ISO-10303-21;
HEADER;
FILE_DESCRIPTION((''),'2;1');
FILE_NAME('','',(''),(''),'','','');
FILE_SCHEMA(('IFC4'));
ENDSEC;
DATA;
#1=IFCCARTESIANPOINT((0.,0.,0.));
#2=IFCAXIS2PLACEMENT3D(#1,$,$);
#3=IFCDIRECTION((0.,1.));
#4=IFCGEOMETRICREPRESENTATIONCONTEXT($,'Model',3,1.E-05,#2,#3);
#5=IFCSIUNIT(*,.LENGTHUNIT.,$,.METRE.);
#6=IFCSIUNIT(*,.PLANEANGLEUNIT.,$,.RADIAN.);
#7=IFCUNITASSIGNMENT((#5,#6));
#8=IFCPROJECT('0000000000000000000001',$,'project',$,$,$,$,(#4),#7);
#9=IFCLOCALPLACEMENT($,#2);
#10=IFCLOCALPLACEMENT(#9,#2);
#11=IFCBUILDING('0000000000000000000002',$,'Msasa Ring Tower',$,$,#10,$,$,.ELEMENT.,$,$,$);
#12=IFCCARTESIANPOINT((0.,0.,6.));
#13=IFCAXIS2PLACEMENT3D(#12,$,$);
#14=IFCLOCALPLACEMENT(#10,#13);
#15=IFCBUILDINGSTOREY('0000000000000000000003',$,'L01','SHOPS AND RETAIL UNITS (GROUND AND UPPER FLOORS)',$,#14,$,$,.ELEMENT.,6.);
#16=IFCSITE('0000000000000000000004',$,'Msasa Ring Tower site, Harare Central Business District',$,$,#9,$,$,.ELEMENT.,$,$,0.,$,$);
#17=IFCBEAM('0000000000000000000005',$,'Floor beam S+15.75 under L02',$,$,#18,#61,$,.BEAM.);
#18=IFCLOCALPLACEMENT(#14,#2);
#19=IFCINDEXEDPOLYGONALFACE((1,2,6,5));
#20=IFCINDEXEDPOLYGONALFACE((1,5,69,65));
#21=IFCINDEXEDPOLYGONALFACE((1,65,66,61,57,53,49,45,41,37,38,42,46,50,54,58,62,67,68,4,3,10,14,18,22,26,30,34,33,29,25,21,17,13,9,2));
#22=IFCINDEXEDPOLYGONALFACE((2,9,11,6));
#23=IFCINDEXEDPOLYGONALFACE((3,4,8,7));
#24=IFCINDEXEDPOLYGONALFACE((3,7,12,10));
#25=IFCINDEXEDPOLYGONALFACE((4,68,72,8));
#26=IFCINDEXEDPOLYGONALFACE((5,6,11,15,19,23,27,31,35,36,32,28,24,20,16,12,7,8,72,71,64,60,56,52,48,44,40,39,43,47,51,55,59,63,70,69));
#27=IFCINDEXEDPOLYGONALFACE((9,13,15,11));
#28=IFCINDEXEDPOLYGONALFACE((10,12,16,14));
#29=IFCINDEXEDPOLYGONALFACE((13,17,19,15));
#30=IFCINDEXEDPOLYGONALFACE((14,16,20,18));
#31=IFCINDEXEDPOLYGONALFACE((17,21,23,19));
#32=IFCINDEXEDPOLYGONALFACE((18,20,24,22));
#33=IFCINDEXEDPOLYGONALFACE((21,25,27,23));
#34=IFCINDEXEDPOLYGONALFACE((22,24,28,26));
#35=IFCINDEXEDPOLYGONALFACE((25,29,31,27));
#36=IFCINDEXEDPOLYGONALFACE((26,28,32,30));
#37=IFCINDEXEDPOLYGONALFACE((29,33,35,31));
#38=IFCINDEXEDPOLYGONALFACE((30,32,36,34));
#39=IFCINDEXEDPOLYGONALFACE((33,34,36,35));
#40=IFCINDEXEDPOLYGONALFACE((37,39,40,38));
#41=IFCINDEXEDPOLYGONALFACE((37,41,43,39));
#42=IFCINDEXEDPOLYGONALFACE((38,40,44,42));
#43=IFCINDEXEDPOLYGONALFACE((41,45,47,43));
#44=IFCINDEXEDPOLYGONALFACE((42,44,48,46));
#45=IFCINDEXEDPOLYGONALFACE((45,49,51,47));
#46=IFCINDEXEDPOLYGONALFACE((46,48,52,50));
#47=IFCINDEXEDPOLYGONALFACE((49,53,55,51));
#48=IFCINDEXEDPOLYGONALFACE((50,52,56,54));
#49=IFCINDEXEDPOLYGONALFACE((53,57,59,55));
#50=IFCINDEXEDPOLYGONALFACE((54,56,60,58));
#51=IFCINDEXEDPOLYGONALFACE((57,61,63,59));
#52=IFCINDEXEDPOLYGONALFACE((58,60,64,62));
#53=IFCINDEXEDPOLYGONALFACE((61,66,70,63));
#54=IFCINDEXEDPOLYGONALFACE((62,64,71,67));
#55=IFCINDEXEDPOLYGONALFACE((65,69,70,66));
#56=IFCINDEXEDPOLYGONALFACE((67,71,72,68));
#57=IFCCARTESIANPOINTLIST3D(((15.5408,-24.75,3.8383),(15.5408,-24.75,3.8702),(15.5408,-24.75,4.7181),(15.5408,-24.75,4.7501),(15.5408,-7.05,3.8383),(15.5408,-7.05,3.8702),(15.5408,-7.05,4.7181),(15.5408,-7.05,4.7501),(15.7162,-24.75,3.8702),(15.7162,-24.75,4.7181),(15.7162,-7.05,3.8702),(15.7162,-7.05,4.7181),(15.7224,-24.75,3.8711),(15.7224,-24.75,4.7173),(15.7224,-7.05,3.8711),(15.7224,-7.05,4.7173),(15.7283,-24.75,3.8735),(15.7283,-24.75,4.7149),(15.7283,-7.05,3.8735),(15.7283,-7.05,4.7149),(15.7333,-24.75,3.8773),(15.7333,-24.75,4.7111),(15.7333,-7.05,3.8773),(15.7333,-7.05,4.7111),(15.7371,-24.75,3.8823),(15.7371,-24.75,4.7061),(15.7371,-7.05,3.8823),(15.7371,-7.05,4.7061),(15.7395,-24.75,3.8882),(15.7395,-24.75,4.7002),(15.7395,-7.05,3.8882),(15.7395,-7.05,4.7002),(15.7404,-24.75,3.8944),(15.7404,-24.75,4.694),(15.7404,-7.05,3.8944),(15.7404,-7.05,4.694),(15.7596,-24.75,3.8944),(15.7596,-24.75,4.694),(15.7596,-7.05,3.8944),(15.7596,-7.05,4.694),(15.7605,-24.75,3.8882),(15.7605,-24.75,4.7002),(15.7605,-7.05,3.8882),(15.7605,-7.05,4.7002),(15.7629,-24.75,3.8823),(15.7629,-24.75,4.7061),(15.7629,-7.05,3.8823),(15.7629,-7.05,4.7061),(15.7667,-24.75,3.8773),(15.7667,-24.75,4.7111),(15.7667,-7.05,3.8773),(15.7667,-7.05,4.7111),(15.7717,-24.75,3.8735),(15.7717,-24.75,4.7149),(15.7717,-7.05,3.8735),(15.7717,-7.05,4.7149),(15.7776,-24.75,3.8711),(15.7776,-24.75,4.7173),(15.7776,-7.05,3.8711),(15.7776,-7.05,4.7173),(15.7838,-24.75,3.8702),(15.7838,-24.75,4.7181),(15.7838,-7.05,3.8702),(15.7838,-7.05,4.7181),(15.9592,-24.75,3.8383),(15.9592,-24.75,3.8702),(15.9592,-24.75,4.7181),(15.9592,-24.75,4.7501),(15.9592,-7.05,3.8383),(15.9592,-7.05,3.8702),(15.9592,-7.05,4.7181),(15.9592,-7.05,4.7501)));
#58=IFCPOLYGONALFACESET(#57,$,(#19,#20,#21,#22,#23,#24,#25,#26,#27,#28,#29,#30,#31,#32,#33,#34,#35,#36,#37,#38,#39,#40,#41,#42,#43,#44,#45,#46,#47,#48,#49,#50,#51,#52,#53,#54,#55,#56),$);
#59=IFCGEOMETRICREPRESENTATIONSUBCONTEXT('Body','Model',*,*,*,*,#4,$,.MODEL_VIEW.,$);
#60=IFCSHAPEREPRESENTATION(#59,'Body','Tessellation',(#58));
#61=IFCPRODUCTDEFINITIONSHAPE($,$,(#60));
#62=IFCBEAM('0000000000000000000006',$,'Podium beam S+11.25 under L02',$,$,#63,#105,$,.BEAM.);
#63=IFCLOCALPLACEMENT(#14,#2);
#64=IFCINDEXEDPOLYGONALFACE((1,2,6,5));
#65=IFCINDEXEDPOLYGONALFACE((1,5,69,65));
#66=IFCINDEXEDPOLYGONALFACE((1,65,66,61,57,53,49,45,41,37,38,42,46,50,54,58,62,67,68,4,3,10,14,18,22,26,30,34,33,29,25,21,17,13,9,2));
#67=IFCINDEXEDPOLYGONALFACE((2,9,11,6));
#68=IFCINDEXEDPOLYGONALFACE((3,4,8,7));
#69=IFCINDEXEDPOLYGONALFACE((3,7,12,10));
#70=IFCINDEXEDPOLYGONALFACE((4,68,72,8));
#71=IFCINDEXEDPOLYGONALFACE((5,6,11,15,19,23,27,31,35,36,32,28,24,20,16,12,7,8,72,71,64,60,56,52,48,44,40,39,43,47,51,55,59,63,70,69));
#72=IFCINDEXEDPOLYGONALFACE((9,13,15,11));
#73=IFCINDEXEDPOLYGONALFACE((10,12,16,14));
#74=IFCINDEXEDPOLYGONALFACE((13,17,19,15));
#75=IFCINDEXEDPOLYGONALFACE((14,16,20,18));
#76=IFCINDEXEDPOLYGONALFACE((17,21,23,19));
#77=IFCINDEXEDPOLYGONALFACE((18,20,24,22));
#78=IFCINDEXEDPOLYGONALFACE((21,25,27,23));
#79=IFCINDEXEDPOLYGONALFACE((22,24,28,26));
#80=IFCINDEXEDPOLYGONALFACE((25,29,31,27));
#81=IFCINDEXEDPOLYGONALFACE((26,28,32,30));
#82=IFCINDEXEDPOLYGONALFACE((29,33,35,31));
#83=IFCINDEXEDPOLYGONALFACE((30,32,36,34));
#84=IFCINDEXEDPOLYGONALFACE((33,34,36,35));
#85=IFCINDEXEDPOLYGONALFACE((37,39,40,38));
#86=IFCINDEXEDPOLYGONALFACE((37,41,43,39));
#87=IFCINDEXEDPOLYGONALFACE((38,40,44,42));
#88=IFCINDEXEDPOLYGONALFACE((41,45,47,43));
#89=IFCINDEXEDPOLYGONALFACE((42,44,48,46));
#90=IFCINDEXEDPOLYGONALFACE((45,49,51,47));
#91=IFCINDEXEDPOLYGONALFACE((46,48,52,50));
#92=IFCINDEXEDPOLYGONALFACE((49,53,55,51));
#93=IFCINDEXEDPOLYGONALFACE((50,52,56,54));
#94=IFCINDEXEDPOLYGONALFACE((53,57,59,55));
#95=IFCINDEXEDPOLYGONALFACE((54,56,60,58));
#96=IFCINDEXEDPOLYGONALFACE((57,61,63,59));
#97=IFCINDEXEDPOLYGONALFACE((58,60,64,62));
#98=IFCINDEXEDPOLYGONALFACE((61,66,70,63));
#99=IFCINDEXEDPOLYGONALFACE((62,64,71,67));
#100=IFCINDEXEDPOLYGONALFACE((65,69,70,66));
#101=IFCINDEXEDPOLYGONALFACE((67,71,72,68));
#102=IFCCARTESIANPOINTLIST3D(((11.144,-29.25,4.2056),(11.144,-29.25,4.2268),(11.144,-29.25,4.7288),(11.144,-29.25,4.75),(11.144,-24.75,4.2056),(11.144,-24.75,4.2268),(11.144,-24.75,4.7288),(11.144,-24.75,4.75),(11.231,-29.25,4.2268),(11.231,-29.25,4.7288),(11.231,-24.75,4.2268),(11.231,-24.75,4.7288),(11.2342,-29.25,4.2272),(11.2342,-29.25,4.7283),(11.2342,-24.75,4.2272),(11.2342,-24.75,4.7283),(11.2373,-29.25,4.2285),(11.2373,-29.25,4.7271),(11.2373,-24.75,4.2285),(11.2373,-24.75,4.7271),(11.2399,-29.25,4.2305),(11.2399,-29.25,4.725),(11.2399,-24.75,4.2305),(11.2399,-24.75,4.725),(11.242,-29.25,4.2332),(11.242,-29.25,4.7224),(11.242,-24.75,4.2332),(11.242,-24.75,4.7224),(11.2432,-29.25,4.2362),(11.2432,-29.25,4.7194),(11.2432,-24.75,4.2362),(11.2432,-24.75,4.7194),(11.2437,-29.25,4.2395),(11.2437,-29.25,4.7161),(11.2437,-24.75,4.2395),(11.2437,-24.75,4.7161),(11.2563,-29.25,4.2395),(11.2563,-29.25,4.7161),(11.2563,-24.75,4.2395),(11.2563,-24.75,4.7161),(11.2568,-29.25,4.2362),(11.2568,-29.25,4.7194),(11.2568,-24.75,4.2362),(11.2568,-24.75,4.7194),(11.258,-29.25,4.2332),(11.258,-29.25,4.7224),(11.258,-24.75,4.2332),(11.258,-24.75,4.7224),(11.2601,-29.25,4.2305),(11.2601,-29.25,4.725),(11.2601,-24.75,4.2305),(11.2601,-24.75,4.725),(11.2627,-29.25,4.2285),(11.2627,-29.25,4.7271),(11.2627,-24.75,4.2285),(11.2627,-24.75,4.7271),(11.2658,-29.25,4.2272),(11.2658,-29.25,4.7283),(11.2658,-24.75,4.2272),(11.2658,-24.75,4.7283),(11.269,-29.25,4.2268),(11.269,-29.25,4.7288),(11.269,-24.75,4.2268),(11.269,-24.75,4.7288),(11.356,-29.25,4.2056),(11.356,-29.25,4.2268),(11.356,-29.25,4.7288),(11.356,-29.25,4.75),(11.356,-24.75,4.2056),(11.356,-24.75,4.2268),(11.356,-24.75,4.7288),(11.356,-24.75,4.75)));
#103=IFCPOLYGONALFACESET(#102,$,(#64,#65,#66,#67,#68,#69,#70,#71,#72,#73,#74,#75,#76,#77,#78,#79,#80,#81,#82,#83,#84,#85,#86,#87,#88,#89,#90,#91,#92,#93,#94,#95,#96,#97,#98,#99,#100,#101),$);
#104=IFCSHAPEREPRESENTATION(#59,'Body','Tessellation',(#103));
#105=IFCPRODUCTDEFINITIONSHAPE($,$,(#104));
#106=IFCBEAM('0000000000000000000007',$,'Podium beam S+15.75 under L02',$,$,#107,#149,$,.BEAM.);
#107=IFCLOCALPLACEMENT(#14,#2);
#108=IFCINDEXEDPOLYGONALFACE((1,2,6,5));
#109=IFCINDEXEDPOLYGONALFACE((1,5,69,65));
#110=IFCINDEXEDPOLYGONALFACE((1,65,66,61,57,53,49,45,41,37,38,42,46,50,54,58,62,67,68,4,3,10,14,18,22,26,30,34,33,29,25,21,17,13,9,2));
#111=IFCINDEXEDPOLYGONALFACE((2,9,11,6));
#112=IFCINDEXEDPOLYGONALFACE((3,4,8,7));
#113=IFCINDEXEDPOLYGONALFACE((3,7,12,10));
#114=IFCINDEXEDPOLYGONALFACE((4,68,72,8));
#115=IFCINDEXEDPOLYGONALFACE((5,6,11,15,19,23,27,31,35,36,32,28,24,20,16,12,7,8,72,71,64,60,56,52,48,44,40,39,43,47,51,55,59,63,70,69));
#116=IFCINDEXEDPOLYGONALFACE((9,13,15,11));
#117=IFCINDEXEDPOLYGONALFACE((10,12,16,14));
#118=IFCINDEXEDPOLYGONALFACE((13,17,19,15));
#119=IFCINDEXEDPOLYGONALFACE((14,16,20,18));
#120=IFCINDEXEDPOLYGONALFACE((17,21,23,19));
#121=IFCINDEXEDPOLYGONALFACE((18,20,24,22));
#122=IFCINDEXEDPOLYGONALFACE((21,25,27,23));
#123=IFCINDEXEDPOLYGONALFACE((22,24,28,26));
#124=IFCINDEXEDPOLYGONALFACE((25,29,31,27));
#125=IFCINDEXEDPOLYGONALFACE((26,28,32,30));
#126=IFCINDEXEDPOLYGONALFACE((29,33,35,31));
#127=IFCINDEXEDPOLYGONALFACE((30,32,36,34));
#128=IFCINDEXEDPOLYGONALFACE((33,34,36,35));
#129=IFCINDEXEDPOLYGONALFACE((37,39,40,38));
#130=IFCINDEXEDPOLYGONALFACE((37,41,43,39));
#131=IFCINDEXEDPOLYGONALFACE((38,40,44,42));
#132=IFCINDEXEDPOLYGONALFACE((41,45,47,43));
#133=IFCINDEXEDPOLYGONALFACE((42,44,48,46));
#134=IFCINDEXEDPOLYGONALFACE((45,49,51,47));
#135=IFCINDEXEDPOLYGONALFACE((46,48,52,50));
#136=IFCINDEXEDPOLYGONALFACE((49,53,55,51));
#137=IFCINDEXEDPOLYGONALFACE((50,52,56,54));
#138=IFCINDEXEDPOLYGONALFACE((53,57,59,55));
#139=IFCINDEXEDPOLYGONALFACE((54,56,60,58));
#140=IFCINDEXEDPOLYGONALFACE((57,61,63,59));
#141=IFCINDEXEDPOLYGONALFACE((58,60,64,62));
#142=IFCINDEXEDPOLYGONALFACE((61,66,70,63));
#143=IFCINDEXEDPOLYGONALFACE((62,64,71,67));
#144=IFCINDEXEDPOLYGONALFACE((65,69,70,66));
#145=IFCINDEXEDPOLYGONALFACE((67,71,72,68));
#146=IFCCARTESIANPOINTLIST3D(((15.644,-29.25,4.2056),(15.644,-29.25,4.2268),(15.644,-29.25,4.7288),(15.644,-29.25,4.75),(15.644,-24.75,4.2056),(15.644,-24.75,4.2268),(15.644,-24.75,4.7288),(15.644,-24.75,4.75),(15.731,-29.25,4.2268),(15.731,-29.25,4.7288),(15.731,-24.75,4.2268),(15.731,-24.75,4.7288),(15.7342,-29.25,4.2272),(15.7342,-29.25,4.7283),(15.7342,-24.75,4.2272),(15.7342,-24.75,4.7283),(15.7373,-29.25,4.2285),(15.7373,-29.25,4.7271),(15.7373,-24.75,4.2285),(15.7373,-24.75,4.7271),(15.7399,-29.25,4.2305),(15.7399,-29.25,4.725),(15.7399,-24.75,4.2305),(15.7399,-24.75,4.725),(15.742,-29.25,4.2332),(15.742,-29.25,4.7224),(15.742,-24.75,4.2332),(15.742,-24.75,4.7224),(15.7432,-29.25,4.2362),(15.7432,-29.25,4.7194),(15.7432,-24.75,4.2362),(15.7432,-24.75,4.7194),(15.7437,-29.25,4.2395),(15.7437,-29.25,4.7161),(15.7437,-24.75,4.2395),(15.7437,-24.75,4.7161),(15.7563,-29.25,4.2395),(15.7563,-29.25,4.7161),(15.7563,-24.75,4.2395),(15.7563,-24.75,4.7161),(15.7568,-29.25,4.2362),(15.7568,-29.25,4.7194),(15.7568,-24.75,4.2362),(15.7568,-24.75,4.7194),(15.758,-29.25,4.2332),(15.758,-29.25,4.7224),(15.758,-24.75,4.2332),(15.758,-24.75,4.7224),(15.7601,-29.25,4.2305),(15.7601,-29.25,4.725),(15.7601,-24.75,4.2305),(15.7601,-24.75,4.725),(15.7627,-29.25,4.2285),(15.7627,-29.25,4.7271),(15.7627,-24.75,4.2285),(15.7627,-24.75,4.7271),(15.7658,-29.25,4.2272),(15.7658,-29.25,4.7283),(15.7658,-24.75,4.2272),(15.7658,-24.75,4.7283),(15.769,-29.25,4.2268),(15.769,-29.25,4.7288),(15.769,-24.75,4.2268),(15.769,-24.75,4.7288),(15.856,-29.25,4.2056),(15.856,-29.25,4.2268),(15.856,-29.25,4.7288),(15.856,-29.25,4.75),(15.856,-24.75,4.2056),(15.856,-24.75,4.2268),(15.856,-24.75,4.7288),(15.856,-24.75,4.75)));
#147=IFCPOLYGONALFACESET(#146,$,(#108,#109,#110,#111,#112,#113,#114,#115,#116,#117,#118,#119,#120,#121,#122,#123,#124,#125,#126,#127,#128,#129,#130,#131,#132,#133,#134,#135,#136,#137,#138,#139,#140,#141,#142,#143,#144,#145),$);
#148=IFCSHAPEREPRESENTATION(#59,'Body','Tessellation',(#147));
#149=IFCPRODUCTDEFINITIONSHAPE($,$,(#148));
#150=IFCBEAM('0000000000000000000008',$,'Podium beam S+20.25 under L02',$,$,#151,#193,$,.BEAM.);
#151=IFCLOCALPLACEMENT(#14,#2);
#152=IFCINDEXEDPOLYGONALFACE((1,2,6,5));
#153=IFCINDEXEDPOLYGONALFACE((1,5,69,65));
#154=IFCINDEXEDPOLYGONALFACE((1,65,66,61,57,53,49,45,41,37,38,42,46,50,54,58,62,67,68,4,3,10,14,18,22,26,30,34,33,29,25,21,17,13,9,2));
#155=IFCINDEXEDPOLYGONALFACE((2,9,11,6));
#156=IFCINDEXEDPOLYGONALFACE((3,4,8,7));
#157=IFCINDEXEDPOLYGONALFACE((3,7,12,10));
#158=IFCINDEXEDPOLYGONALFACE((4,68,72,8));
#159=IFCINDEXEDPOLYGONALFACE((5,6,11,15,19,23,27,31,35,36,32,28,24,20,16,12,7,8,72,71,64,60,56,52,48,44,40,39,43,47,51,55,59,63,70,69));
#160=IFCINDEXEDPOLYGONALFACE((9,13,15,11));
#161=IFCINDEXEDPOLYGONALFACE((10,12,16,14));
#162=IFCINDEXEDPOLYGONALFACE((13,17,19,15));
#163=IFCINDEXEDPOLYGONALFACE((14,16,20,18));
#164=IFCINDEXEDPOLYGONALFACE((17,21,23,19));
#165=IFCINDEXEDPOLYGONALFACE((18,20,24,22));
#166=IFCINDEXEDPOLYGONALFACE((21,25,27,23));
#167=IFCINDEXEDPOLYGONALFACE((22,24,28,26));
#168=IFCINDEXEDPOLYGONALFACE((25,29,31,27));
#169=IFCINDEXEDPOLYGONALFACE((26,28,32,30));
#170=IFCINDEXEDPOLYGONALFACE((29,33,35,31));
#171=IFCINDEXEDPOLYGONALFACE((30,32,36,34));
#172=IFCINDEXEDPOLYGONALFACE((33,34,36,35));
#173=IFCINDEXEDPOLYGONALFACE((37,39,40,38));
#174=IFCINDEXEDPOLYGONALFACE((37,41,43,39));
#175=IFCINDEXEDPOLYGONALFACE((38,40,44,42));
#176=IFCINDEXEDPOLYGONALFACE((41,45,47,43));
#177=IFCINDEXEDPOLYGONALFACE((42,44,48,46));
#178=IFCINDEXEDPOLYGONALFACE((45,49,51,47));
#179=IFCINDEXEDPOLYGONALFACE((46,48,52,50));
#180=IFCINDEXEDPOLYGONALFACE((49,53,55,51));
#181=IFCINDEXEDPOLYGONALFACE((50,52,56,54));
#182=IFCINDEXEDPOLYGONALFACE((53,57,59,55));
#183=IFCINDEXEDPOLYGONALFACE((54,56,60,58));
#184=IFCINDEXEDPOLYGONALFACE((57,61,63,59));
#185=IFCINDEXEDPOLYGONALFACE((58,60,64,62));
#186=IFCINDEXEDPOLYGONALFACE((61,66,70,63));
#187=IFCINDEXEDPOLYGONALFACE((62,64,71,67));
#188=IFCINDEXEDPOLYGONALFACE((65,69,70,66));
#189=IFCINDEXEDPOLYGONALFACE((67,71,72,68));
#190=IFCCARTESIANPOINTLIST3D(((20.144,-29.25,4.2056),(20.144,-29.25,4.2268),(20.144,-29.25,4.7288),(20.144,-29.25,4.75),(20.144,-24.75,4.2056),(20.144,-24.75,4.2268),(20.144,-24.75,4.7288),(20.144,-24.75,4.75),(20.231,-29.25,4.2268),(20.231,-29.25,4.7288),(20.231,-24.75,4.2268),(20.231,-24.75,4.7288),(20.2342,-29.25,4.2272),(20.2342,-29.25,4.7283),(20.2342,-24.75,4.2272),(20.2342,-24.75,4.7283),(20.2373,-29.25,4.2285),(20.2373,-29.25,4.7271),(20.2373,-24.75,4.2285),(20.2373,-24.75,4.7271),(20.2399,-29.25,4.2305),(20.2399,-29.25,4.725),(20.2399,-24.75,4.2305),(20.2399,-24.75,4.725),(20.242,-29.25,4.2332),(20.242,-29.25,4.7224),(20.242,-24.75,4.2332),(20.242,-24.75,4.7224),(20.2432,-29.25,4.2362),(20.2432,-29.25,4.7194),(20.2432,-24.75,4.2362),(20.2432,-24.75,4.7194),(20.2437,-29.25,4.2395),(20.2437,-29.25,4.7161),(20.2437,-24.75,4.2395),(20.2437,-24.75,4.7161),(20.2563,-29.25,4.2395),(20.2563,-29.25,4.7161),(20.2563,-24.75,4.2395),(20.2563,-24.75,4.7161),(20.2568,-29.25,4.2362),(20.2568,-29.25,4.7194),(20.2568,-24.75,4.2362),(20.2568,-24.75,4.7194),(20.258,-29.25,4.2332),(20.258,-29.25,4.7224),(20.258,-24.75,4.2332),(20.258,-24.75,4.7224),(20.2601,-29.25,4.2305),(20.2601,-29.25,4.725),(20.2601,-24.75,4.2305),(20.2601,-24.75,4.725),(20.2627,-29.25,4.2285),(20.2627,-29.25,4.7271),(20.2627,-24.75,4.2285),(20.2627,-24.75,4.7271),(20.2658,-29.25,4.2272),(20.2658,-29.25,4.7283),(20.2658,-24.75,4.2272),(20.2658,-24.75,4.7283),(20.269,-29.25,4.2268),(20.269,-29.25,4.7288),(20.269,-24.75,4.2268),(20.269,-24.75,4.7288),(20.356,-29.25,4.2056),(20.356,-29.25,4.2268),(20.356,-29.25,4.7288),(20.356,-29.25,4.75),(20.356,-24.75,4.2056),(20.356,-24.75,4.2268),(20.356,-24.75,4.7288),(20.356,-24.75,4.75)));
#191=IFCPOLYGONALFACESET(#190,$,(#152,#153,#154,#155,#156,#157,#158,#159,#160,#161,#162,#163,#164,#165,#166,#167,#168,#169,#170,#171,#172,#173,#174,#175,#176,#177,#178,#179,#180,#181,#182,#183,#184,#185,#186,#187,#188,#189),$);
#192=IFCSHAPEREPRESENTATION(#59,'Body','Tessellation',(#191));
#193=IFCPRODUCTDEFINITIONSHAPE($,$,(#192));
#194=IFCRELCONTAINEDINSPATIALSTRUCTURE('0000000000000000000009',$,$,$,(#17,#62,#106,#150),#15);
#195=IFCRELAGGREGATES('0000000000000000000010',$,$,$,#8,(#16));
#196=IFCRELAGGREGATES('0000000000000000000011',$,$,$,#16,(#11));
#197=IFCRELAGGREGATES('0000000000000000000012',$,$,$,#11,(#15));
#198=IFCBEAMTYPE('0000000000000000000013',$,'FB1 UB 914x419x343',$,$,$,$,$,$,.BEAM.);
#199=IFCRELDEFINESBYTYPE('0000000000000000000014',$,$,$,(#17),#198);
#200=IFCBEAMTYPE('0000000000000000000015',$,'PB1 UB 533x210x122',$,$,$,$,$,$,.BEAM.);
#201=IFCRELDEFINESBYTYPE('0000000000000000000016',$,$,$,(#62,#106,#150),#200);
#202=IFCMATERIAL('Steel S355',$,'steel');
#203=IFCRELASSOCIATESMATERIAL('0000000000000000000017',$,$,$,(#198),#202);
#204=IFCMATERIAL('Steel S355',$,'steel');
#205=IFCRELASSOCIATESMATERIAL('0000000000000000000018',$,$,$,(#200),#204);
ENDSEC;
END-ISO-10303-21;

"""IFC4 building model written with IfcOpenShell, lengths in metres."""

from ifc_helpers import new_model, si_unit, direction, frame, origin, origin_2d, place, context, subcontext, project, spatial, i_section, extrude, material, material_profile, profile_set, type_object, element, save


model = new_model("IFC4")

# Units and contexts
model_context = context("Model", 3, precision=1e-05, world=origin(), true_north=direction((0.0, 1.0)))
body_context = subcontext(model_context, "Body", "Model", "MODEL_VIEW")
ifc_project = project(units=[si_unit("LENGTHUNIT", "METRE"), si_unit("PLANEANGLEUNIT", "RADIAN")], contexts=[model_context])

# Site, building, storey
site_placement = place(None, origin())
site = spatial("IfcSite", under=ifc_project, at=site_placement, Name="Msasa Ring Tower site, Harare Central Business District", CompositionType="ELEMENT", RefElevation=0.0)
building_placement = place(site_placement, origin())
building = spatial("IfcBuilding", under=site, at=building_placement, Name="Msasa Ring Tower", CompositionType="ELEMENT")
storey_placement = place(building_placement, frame((0.0, 0.0, 6.0)))
storey = spatial("IfcBuildingStorey", under=building, at=storey_placement, Name="L01", Description="SHOPS AND RETAIL UNITS (GROUND AND UPPER FLOORS)", CompositionType="ELEMENT", Elevation=6.0)

# Beams
ifc_material_1 = material(Name="Steel S355", Category="steel")
ifc_material_profile_1 = material_profile(ifc_material_1, i_section(OverallWidth=0.4185, OverallDepth=0.9119, WebThickness=0.0193, FlangeThickness=0.032, FilletRadius=0.0242, at=origin_2d()), Name="UB 914x419x343")
ifc_profile_set_1 = profile_set([ifc_material_profile_1], Name="Steel S355")
beam_type_1 = type_object("IfcBeamType", Name="FB1 UB 914x419x343", PredefinedType="BEAM", material=ifc_profile_set_1)
for number, where, z_axis, x_axis, name in (
    (1, (15.75, -24.75, 4.2942), (0.0, 1.0, 0.0), (-1.0, 0.0, 0.0), "Floor beam S+15.75 under L02"),
):
    element("IfcBeam", number, at=place(storey_placement, frame(where, z_axis=z_axis, x_axis=x_axis)), inside=storey, type_object=beam_type_1, Name=name, PredefinedType="BEAM", context=body_context, shape_type="SweptSolid", body=[
        extrude(i_section(OverallWidth=0.4185, OverallDepth=0.9119, WebThickness=0.0193, FlangeThickness=0.032, FilletRadius=0.0242, at=origin_2d()), origin(), (0.0, 0.0, 1.0), 17.7),
    ])
ifc_material_2 = material(Name="Steel S355", Category="steel")
ifc_material_profile_2 = material_profile(ifc_material_2, i_section(OverallWidth=0.2119, OverallDepth=0.5444, WebThickness=0.0127, FlangeThickness=0.0212, FilletRadius=0.0127, at=origin_2d()), Name="UB 533x210x122")
ifc_profile_set_2 = profile_set([ifc_material_profile_2], Name="Steel S355")
beam_type_2 = type_object("IfcBeamType", Name="PB1 UB 533x210x122", PredefinedType="BEAM", material=ifc_profile_set_2)
for number, where, z_axis, x_axis, name in (
    (2, (11.25, -29.25, 4.4778), (0.0, 1.0, 0.0), (-1.0, 0.0, 0.0), "Podium beam S+11.25 under L02"),
    (3, (15.75, -29.25, 4.4778), (0.0, 1.0, 0.0), (-1.0, 0.0, 0.0), "Podium beam S+15.75 under L02"),
    (4, (20.25, -29.25, 4.4778), (0.0, 1.0, 0.0), (-1.0, 0.0, 0.0), "Podium beam S+20.25 under L02"),
):
    element("IfcBeam", number, at=place(storey_placement, frame(where, z_axis=z_axis, x_axis=x_axis)), inside=storey, type_object=beam_type_2, Name=name, PredefinedType="BEAM", context=body_context, shape_type="SweptSolid", body=[
        extrude(i_section(OverallWidth=0.2119, OverallDepth=0.5444, WebThickness=0.0127, FlangeThickness=0.0212, FilletRadius=0.0127, at=origin_2d()), origin(), (0.0, 0.0, 1.0), 4.5),
    ])

save(model, "model.ifc")
